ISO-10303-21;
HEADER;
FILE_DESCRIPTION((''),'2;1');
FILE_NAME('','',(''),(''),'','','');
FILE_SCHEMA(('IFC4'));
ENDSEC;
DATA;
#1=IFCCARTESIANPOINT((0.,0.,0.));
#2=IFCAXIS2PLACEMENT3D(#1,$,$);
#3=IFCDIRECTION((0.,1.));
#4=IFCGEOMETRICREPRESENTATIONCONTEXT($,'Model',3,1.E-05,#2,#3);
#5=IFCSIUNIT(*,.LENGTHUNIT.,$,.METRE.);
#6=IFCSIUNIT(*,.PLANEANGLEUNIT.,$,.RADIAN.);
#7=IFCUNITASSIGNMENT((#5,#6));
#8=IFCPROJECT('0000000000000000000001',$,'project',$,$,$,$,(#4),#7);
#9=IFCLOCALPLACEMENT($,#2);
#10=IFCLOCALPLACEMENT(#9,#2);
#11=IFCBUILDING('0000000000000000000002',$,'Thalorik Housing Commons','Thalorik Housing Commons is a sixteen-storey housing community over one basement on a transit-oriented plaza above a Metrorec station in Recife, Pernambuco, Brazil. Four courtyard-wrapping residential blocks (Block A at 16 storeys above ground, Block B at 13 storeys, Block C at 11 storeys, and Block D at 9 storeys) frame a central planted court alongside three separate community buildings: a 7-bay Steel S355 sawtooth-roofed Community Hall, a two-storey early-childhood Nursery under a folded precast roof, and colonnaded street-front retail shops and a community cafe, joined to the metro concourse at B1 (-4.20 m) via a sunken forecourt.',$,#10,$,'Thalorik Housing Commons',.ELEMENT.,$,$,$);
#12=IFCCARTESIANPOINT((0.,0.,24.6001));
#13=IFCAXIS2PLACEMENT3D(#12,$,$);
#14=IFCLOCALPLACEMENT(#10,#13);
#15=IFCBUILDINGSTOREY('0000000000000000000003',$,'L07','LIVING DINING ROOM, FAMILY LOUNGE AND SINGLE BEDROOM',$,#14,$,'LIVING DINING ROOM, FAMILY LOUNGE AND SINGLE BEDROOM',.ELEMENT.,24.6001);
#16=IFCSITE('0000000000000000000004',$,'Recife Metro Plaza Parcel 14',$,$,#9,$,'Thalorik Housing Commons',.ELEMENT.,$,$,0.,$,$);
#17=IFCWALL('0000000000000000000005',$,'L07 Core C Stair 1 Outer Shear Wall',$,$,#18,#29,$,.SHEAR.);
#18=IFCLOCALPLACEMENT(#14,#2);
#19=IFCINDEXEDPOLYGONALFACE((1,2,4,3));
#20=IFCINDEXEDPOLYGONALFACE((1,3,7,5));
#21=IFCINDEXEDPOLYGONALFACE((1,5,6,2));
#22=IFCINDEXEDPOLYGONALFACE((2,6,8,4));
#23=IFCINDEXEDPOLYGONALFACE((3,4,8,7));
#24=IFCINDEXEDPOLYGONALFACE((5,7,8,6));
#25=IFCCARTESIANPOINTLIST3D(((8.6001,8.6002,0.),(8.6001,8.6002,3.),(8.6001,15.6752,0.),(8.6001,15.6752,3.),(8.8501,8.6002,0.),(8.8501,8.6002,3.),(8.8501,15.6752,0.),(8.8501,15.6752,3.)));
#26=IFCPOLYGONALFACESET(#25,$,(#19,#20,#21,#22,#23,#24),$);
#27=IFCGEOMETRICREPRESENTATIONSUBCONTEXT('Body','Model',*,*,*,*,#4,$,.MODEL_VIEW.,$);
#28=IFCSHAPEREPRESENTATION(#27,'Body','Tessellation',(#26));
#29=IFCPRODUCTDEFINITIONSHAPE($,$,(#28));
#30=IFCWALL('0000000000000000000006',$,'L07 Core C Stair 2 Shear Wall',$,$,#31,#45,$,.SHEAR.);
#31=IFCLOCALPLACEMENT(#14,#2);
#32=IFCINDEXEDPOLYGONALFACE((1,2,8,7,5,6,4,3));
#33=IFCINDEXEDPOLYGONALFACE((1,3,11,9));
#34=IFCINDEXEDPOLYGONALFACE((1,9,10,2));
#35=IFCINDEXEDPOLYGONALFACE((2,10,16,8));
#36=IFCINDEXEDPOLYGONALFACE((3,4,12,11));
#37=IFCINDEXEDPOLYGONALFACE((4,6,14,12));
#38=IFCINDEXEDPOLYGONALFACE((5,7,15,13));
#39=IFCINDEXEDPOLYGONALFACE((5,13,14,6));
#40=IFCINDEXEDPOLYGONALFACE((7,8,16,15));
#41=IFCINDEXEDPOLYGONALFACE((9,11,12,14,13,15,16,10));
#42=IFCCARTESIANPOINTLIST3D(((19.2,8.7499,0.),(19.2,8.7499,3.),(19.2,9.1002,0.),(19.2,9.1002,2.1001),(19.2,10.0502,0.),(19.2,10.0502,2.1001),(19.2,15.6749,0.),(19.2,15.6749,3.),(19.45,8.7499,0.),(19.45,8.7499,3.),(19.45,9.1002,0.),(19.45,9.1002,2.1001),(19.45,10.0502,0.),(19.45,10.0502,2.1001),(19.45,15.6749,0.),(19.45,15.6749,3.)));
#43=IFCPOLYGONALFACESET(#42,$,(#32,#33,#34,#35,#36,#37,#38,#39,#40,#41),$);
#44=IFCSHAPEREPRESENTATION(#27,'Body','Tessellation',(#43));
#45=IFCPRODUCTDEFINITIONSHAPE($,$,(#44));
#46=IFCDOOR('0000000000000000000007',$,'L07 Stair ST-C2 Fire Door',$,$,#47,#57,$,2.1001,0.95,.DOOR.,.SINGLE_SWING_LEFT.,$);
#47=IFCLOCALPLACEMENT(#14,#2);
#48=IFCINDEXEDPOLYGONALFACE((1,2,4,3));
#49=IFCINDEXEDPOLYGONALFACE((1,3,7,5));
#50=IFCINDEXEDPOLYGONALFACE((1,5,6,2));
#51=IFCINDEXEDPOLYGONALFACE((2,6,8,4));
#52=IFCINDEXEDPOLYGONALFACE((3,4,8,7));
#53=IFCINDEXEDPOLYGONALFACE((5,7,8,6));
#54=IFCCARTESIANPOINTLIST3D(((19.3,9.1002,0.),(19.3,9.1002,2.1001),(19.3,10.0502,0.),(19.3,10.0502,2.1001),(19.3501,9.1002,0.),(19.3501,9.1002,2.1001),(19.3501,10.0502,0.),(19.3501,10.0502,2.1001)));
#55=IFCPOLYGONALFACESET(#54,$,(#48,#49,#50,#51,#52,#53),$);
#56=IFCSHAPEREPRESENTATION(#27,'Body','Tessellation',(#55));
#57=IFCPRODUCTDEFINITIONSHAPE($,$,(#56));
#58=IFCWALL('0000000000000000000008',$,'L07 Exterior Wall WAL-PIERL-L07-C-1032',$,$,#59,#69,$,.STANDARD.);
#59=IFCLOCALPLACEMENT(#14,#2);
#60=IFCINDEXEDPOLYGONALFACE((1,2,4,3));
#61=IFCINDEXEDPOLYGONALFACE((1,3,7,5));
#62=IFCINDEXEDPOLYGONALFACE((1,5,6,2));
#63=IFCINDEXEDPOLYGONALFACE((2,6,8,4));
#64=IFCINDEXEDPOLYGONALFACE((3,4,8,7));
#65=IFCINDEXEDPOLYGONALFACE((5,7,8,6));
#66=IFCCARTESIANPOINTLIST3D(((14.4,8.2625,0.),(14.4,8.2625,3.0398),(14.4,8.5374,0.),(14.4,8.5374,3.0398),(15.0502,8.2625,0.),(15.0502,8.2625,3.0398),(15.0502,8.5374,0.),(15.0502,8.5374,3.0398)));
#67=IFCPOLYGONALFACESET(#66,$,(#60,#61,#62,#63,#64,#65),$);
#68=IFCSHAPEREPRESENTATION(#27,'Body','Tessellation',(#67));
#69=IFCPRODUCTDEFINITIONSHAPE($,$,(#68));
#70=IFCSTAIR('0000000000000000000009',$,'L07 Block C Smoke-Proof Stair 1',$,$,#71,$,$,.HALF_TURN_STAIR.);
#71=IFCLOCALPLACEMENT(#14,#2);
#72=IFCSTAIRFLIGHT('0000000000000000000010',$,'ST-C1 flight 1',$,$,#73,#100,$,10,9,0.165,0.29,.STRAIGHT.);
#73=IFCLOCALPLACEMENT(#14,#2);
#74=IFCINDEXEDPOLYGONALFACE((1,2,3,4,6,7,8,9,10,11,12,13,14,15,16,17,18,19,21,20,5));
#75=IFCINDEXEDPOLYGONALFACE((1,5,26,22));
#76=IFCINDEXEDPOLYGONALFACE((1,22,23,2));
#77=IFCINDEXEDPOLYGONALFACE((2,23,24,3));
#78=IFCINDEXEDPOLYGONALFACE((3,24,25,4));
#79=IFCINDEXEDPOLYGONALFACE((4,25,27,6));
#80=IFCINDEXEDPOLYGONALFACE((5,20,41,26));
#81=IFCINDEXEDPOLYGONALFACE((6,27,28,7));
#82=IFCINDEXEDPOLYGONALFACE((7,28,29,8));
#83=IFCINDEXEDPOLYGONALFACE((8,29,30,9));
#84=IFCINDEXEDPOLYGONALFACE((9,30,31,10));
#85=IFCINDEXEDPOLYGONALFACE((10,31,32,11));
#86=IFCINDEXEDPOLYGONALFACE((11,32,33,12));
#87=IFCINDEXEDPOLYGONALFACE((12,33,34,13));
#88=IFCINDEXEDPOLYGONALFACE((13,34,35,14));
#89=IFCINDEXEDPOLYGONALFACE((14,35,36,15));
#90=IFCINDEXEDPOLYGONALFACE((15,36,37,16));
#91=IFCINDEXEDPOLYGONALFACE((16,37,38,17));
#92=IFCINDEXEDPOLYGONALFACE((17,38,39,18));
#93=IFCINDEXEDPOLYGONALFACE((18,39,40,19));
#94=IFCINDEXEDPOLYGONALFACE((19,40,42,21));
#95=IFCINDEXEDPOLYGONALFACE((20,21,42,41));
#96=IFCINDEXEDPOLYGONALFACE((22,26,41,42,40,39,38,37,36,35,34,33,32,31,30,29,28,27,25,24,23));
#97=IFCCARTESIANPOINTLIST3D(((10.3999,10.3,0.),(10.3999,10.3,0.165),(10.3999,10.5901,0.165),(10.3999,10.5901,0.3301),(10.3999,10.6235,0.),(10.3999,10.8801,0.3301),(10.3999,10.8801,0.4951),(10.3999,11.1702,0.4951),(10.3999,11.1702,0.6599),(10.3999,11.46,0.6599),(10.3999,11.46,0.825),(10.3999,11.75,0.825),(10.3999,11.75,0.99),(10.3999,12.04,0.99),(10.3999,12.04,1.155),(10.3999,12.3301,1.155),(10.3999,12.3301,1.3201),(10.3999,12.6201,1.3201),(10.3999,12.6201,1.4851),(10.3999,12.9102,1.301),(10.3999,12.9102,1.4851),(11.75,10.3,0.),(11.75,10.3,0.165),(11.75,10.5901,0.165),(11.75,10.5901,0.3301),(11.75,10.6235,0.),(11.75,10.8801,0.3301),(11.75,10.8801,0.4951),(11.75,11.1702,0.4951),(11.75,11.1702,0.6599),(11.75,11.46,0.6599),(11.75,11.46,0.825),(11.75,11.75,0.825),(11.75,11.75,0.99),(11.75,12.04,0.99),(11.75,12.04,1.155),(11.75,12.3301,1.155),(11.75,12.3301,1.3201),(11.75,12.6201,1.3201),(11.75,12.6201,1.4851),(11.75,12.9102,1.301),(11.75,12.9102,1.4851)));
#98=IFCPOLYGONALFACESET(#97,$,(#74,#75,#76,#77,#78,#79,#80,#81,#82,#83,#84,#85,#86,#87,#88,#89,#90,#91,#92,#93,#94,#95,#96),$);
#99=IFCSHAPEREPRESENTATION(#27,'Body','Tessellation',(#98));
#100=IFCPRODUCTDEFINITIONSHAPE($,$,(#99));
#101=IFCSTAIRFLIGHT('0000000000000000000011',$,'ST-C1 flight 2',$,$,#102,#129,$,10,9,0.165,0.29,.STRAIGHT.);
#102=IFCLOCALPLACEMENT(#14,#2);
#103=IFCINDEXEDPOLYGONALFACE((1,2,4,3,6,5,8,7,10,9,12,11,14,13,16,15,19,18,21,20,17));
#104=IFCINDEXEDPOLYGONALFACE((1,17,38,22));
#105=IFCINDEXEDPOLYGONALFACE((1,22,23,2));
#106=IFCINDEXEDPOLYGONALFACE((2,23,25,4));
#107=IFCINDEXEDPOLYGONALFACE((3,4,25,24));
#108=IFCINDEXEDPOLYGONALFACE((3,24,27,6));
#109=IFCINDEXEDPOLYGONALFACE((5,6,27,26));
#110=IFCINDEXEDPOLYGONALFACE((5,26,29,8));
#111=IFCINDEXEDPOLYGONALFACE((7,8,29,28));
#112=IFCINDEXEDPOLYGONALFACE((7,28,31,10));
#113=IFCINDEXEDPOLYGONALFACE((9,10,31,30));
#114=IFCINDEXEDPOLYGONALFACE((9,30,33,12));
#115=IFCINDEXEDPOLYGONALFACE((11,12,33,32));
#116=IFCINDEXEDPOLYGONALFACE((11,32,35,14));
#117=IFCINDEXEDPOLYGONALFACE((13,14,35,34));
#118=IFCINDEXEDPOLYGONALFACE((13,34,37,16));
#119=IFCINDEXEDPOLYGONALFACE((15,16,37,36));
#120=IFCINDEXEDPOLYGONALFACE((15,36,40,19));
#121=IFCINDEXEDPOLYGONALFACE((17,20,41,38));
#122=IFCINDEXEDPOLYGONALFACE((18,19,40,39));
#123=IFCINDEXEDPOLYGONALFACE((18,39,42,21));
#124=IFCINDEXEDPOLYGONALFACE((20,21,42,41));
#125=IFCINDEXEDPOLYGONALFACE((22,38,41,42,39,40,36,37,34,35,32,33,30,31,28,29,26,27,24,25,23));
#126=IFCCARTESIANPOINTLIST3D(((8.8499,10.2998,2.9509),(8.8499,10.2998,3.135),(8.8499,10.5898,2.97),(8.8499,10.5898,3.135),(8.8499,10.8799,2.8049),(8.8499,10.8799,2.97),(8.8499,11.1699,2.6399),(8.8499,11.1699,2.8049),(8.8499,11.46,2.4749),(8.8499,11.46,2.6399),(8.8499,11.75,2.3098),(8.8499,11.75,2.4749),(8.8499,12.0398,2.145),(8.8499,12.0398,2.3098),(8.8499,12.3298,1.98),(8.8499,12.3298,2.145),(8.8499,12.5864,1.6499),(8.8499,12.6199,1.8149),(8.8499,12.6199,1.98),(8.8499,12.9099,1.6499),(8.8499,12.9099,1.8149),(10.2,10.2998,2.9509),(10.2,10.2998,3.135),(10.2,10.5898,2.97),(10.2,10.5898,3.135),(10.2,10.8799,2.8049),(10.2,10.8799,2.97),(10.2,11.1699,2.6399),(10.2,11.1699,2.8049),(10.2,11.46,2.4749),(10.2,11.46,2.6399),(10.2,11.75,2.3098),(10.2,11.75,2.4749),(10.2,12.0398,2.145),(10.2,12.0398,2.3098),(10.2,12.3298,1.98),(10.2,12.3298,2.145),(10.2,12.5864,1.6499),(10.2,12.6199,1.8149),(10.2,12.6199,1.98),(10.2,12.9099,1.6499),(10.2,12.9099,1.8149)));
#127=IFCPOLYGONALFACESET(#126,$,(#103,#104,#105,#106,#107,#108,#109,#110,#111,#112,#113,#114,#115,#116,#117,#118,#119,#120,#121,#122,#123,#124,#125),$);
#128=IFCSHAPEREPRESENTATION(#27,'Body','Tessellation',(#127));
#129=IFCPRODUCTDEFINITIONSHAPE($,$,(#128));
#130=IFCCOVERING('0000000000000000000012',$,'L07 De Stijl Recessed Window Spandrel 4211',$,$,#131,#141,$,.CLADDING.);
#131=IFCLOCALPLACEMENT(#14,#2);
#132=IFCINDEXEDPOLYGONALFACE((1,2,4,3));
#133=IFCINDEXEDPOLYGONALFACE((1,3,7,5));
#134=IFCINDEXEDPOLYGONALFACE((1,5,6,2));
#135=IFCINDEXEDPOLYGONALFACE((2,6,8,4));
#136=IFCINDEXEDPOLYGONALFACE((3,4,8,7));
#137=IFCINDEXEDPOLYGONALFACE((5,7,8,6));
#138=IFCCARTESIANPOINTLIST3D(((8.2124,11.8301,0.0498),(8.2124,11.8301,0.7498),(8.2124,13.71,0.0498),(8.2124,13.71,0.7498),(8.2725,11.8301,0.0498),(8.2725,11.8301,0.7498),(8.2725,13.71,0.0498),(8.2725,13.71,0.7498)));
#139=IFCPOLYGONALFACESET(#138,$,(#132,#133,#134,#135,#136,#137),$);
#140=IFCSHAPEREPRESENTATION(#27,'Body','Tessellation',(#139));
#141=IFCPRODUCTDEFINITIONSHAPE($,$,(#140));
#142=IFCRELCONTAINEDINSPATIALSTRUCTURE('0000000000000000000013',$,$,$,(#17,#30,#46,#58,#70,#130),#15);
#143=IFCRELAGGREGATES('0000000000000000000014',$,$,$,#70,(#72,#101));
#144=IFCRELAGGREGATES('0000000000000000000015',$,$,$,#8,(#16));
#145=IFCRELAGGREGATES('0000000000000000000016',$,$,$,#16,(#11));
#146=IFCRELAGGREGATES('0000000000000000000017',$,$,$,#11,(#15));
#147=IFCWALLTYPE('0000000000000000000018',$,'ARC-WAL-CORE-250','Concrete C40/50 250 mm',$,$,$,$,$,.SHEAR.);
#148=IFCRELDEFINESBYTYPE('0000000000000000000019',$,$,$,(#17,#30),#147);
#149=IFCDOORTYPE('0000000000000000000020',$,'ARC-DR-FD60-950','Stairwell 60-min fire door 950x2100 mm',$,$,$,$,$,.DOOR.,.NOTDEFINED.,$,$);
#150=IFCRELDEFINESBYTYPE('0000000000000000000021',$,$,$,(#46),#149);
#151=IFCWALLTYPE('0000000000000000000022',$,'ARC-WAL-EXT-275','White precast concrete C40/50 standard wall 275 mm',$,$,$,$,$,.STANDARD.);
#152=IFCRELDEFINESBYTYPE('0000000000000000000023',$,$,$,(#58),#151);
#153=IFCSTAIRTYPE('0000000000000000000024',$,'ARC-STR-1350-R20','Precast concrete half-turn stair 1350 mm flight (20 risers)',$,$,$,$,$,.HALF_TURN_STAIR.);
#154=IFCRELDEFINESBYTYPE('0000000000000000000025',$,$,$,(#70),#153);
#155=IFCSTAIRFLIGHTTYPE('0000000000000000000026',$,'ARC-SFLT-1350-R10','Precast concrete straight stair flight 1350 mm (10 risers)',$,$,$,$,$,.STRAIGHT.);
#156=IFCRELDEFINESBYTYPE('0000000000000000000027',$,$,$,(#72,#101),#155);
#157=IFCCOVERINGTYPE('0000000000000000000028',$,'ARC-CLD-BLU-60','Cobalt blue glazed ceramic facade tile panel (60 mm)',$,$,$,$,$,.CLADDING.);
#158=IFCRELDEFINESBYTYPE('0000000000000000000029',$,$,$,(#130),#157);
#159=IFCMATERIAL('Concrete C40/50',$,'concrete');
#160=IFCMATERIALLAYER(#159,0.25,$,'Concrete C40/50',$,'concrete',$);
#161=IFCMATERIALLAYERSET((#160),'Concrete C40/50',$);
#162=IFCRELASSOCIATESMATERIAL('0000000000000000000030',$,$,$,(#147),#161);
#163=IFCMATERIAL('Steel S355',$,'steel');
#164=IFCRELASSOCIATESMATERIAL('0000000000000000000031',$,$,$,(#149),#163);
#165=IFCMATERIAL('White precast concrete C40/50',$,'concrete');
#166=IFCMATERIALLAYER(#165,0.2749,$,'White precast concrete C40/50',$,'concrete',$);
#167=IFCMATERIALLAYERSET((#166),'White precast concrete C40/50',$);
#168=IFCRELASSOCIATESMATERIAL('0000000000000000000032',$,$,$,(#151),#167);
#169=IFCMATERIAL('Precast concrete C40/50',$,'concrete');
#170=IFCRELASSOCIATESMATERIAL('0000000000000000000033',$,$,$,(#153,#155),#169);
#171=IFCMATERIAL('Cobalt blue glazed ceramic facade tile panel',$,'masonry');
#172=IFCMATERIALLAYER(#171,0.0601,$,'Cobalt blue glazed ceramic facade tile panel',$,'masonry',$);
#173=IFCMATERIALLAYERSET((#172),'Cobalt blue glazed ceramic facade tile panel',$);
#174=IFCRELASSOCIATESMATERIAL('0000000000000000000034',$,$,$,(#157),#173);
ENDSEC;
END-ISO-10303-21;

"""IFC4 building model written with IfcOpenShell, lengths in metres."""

from ifc_helpers import new_model, si_unit, direction, frame, frame_2d, origin, origin_2d, place, context, subcontext, project, spatial, polyline, rectangle, outline, extrude, material, layer, layer_set, type_object, element, fill, aggregate, save


model = new_model("IFC4")

# Units and contexts
model_context = context("Model", 3, precision=1e-05, world=origin(), true_north=direction((0.0, 1.0)))
body_context = subcontext(model_context, "Body", "Model", "MODEL_VIEW")
ifc_project = project(units=[si_unit("LENGTHUNIT", "METRE"), si_unit("PLANEANGLEUNIT", "RADIAN")], contexts=[model_context])

# Site, building, storey
site_placement = place(None, origin())
site = spatial("IfcSite", under=ifc_project, at=site_placement, Name="Recife Metro Plaza Parcel 14", LongName="Thalorik Housing Commons", CompositionType="ELEMENT", RefElevation=0.0)
building_placement = place(site_placement, origin())
building = spatial("IfcBuilding", under=site, at=building_placement, Name="Thalorik Housing Commons", Description="Thalorik Housing Commons is a sixteen-storey housing community over one basement on a transit-oriented plaza above a Metrorec station in Recife, Pernambuco, Brazil. Four courtyard-wrapping residential blocks (Block A at 16 storeys above ground, Block B at 13 storeys, Block C at 11 storeys, and Block D at 9 storeys) frame a central planted court alongside three separate community buildings: a 7-bay Steel S355 sawtooth-roofed Community Hall, a two-storey early-childhood Nursery under a folded precast roof, and colonnaded street-front retail shops and a community cafe, joined to the metro concourse at B1 (-4.20 m) via a sunken forecourt.", LongName="Thalorik Housing Commons", CompositionType="ELEMENT")
storey_placement = place(building_placement, frame((0.0, 0.0, 24.6001)))
storey = spatial("IfcBuildingStorey", under=building, at=storey_placement, Name="L07", Description="LIVING DINING ROOM, FAMILY LOUNGE AND SINGLE BEDROOM", LongName="LIVING DINING ROOM, FAMILY LOUNGE AND SINGLE BEDROOM", CompositionType="ELEMENT", Elevation=24.6001)

# Shared definitions
ifc_material_1 = material(Name="Precast concrete C40/50", Category="concrete")

# Shared definitions
ifc_material_2 = material(Name="Concrete C40/50", Category="concrete")
ifc_layer_1 = layer(ifc_material_2, 0.25, Name="Concrete C40/50", Category="concrete")
ifc_layer_set_1 = layer_set([ifc_layer_1], Name="Concrete C40/50")
wall_type_1 = type_object("IfcWallType", Name="ARC-WAL-CORE-250", Description="Concrete C40/50 250 mm", PredefinedType="SHEAR", material=ifc_layer_set_1)
ifc_material_3 = material(Name="Steel S355", Category="steel")
door_type = type_object("IfcDoorType", Name="ARC-DR-FD60-950", Description="Stairwell 60-min fire door 950x2100 mm", OperationType="NOTDEFINED", PredefinedType="DOOR", material=ifc_material_3)

# Wall
wall_1_placement = place(storey_placement, frame((8.7251, 8.6001, 0.0), z_axis=(0.0, 0.0, 1.0), x_axis=(0.0, 1.0, 0.0)))
element("IfcWall", 1, at=wall_1_placement, inside=storey, type_object=wall_type_1, Name="L07 Core C Stair 1 Outer Shear Wall", PredefinedType="SHEAR", context=body_context, shape_type="SweptSolid", body=[
    extrude(rectangle(XDim=7.075, YDim=0.25, at=frame_2d((3.5376, 0.0))), origin(), (0.0, 0.0, 1.0), 3.0),
])

# Wall, opening, door
wall_2_placement = place(storey_placement, frame((19.325, 8.75, 0.0), z_axis=(0.0, 0.0, 1.0), x_axis=(0.0, 1.0, 0.0)))
wall_2 = element("IfcWall", 2, at=wall_2_placement, inside=storey, type_object=wall_type_1, Name="L07 Core C Stair 2 Shear Wall", PredefinedType="SHEAR", context=body_context, shape_type="SweptSolid", body=[
    extrude(rectangle(XDim=6.925, YDim=0.25, at=frame_2d((3.4624, 0.0))), origin(), (0.0, 0.0, 1.0), 3.0),
])
opening_1_placement = place(wall_2_placement, frame((0.3501, 0.0, 0.0)))
opening_1 = element("IfcOpeningElement", 3, at=opening_1_placement, cuts=wall_2, PredefinedType="OPENING", context=body_context, shape_type="SweptSolid", body=[
    extrude(rectangle(XDim=0.95, YDim=2.1001, at=frame_2d((0.4751, 1.05))), frame((0.0, 0.135, 0.0), z_axis=(0.0, -1.0, 0.0), x_axis=(1.0, 0.0, 0.0)), (0.0, 0.0, 1.0), 0.27),
])
door_1_placement = place(opening_1_placement, origin())
door_1 = element("IfcDoor", 4, at=door_1_placement, inside=storey, type_object=door_type, Name="L07 Stair ST-C2 Fire Door", OperationType="SINGLE_SWING_LEFT", OverallHeight=2.1001, OverallWidth=0.95, PredefinedType="DOOR", context=body_context, shape_type="SweptSolid", body=[
    extrude(rectangle(XDim=0.95, YDim=2.1001, at=frame_2d((0.4751, 1.05))), frame((0.0, 0.0249, 0.0), z_axis=(0.0, -1.0, 0.0), x_axis=(1.0, 0.0, 0.0)), (0.0, 0.0, 1.0), 0.05),
])
fill(opening_1, door_1)

# Wall
ifc_material_4 = material(Name="White precast concrete C40/50", Category="concrete")
ifc_layer_2 = layer(ifc_material_4, 0.2749, Name="White precast concrete C40/50", Category="concrete")
ifc_layer_set_2 = layer_set([ifc_layer_2], Name="White precast concrete C40/50")
wall_type_2 = type_object("IfcWallType", Name="ARC-WAL-EXT-275", Description="White precast concrete C40/50 standard wall 275 mm", PredefinedType="STANDARD", material=ifc_layer_set_2)
wall_3_placement = place(storey_placement, frame((14.3999, 8.3999, 0.0), z_axis=(0.0, 0.0, 1.0), x_axis=(1.0, 0.0, 0.0)))
element("IfcWall", 5, at=wall_3_placement, inside=storey, type_object=wall_type_2, Name="L07 Exterior Wall WAL-PIERL-L07-C-1032", PredefinedType="STANDARD", context=body_context, shape_type="SweptSolid", body=[
    extrude(rectangle(XDim=0.6501, YDim=0.2749, at=frame_2d((0.3252, 0.0))), origin(), (0.0, 0.0, 1.0), 3.0398),
])

# Stair, stair flights
stair_type = type_object("IfcStairType", Name="ARC-STR-1350-R20", Description="Precast concrete half-turn stair 1350 mm flight (20 risers)", PredefinedType="HALF_TURN_STAIR", material=ifc_material_1)
stair_placement = place(storey_placement, origin())
stair = element("IfcStair", 6, at=stair_placement, inside=storey, type_object=stair_type, Name="L07 Block C Smoke-Proof Stair 1", PredefinedType="HALF_TURN_STAIR")
stair_flight_type = type_object("IfcStairFlightType", Name="ARC-SFLT-1350-R10", Description="Precast concrete straight stair flight 1350 mm (10 risers)", PredefinedType="STRAIGHT", material=ifc_material_1)
stair_flight_1_placement = place(storey_placement, frame((11.075, 10.3, 0.0), z_axis=(0.0, 0.0, 1.0), x_axis=(0.0, 1.0, 0.0)))
stair_flight_1 = element("IfcStairFlight", 7, at=stair_flight_1_placement, type_object=stair_flight_type, Name="ST-C1 flight 1", NumberOfRisers=10, NumberOfTreads=9, PredefinedType="STRAIGHT", RiserHeight=0.165, TreadLength=0.29, context=body_context, shape_type="SweptSolid", body=[
    extrude(outline(polyline([(0.0, 0.0), (0.0, 0.165), (0.29, 0.165), (0.29, 0.3301), (0.5801, 0.3301), (0.5801, 0.4951), (0.8701, 0.4951), (0.8701, 0.6599), (1.1599, 0.6599), (1.1599, 0.825), (1.45, 0.825), (1.45, 0.99), (1.74, 0.99), (1.74, 1.155), (2.03, 1.155), (2.03, 1.3201), (2.3201, 1.3201), (2.3201, 1.4851), (2.6101, 1.4851), (2.6101, 1.6499), (2.6101, 1.301), (0.3235, 0.0), (0.0, 0.0)])), frame((0.0, 0.675, 0.0), z_axis=(0.0, -1.0, 0.0), x_axis=(1.0, 0.0, 0.0)), (0.0, 0.0, 1.0), 1.3501),
])
stair_flight_2_placement = place(storey_placement, frame((9.5249, 12.9099, 1.6499), z_axis=(0.0, 0.0, 1.0), x_axis=(0.0, -1.0, 0.0)))
stair_flight_2 = element("IfcStairFlight", 8, at=stair_flight_2_placement, type_object=stair_flight_type, Name="ST-C1 flight 2", NumberOfRisers=10, NumberOfTreads=9, PredefinedType="STRAIGHT", RiserHeight=0.165, TreadLength=0.29, context=body_context, shape_type="SweptSolid", body=[
    extrude(outline(polyline([(0.0, 0.0), (0.0, 0.165), (0.29, 0.165), (0.29, 0.3301), (0.5801, 0.3301), (0.5801, 0.4951), (0.8701, 0.4951), (0.8701, 0.6599), (1.1599, 0.6599), (1.1599, 0.825), (1.45, 0.825), (1.45, 0.99), (1.74, 0.99), (1.74, 1.155), (2.03, 1.155), (2.03, 1.3201), (2.3201, 1.3201), (2.3201, 1.4851), (2.6101, 1.4851), (2.6101, 1.6499), (2.6101, 1.301), (0.3235, 0.0), (0.0, 0.0)])), frame((0.0, 0.675, 0.0), z_axis=(0.0, -1.0, 0.0), x_axis=(1.0, 0.0, 0.0)), (0.0, 0.0, 1.0), 1.3501),
])
aggregate(stair, [stair_flight_1, stair_flight_2])

# Covering
ifc_material_5 = material(Name="Cobalt blue glazed ceramic facade tile panel", Category="masonry")
ifc_layer_3 = layer(ifc_material_5, 0.0601, Name="Cobalt blue glazed ceramic facade tile panel", Category="masonry")
ifc_layer_set_3 = layer_set([ifc_layer_3], Name="Cobalt blue glazed ceramic facade tile panel")
covering_type_1 = type_object("IfcCoveringType", Name="ARC-CLD-BLU-60", Description="Cobalt blue glazed ceramic facade tile panel (60 mm)", PredefinedType="CLADDING", material=ifc_layer_set_3)
covering_1_placement = place(storey_placement, frame((8.2424, 12.77, 0.0498), z_axis=(0.0, 0.0, 1.0), x_axis=(0.0, -1.0, 0.0)))
element("IfcCovering", 9, at=covering_1_placement, inside=storey, type_object=covering_type_1, Name="L07 De Stijl Recessed Window Spandrel 4211", PredefinedType="CLADDING", context=body_context, shape_type="SweptSolid", body=[
    extrude(rectangle(XDim=1.8799, YDim=0.0601, at=origin_2d()), origin(), (0.0, 0.0, 1.0), 0.7),
])

save(model, "model.ifc")
